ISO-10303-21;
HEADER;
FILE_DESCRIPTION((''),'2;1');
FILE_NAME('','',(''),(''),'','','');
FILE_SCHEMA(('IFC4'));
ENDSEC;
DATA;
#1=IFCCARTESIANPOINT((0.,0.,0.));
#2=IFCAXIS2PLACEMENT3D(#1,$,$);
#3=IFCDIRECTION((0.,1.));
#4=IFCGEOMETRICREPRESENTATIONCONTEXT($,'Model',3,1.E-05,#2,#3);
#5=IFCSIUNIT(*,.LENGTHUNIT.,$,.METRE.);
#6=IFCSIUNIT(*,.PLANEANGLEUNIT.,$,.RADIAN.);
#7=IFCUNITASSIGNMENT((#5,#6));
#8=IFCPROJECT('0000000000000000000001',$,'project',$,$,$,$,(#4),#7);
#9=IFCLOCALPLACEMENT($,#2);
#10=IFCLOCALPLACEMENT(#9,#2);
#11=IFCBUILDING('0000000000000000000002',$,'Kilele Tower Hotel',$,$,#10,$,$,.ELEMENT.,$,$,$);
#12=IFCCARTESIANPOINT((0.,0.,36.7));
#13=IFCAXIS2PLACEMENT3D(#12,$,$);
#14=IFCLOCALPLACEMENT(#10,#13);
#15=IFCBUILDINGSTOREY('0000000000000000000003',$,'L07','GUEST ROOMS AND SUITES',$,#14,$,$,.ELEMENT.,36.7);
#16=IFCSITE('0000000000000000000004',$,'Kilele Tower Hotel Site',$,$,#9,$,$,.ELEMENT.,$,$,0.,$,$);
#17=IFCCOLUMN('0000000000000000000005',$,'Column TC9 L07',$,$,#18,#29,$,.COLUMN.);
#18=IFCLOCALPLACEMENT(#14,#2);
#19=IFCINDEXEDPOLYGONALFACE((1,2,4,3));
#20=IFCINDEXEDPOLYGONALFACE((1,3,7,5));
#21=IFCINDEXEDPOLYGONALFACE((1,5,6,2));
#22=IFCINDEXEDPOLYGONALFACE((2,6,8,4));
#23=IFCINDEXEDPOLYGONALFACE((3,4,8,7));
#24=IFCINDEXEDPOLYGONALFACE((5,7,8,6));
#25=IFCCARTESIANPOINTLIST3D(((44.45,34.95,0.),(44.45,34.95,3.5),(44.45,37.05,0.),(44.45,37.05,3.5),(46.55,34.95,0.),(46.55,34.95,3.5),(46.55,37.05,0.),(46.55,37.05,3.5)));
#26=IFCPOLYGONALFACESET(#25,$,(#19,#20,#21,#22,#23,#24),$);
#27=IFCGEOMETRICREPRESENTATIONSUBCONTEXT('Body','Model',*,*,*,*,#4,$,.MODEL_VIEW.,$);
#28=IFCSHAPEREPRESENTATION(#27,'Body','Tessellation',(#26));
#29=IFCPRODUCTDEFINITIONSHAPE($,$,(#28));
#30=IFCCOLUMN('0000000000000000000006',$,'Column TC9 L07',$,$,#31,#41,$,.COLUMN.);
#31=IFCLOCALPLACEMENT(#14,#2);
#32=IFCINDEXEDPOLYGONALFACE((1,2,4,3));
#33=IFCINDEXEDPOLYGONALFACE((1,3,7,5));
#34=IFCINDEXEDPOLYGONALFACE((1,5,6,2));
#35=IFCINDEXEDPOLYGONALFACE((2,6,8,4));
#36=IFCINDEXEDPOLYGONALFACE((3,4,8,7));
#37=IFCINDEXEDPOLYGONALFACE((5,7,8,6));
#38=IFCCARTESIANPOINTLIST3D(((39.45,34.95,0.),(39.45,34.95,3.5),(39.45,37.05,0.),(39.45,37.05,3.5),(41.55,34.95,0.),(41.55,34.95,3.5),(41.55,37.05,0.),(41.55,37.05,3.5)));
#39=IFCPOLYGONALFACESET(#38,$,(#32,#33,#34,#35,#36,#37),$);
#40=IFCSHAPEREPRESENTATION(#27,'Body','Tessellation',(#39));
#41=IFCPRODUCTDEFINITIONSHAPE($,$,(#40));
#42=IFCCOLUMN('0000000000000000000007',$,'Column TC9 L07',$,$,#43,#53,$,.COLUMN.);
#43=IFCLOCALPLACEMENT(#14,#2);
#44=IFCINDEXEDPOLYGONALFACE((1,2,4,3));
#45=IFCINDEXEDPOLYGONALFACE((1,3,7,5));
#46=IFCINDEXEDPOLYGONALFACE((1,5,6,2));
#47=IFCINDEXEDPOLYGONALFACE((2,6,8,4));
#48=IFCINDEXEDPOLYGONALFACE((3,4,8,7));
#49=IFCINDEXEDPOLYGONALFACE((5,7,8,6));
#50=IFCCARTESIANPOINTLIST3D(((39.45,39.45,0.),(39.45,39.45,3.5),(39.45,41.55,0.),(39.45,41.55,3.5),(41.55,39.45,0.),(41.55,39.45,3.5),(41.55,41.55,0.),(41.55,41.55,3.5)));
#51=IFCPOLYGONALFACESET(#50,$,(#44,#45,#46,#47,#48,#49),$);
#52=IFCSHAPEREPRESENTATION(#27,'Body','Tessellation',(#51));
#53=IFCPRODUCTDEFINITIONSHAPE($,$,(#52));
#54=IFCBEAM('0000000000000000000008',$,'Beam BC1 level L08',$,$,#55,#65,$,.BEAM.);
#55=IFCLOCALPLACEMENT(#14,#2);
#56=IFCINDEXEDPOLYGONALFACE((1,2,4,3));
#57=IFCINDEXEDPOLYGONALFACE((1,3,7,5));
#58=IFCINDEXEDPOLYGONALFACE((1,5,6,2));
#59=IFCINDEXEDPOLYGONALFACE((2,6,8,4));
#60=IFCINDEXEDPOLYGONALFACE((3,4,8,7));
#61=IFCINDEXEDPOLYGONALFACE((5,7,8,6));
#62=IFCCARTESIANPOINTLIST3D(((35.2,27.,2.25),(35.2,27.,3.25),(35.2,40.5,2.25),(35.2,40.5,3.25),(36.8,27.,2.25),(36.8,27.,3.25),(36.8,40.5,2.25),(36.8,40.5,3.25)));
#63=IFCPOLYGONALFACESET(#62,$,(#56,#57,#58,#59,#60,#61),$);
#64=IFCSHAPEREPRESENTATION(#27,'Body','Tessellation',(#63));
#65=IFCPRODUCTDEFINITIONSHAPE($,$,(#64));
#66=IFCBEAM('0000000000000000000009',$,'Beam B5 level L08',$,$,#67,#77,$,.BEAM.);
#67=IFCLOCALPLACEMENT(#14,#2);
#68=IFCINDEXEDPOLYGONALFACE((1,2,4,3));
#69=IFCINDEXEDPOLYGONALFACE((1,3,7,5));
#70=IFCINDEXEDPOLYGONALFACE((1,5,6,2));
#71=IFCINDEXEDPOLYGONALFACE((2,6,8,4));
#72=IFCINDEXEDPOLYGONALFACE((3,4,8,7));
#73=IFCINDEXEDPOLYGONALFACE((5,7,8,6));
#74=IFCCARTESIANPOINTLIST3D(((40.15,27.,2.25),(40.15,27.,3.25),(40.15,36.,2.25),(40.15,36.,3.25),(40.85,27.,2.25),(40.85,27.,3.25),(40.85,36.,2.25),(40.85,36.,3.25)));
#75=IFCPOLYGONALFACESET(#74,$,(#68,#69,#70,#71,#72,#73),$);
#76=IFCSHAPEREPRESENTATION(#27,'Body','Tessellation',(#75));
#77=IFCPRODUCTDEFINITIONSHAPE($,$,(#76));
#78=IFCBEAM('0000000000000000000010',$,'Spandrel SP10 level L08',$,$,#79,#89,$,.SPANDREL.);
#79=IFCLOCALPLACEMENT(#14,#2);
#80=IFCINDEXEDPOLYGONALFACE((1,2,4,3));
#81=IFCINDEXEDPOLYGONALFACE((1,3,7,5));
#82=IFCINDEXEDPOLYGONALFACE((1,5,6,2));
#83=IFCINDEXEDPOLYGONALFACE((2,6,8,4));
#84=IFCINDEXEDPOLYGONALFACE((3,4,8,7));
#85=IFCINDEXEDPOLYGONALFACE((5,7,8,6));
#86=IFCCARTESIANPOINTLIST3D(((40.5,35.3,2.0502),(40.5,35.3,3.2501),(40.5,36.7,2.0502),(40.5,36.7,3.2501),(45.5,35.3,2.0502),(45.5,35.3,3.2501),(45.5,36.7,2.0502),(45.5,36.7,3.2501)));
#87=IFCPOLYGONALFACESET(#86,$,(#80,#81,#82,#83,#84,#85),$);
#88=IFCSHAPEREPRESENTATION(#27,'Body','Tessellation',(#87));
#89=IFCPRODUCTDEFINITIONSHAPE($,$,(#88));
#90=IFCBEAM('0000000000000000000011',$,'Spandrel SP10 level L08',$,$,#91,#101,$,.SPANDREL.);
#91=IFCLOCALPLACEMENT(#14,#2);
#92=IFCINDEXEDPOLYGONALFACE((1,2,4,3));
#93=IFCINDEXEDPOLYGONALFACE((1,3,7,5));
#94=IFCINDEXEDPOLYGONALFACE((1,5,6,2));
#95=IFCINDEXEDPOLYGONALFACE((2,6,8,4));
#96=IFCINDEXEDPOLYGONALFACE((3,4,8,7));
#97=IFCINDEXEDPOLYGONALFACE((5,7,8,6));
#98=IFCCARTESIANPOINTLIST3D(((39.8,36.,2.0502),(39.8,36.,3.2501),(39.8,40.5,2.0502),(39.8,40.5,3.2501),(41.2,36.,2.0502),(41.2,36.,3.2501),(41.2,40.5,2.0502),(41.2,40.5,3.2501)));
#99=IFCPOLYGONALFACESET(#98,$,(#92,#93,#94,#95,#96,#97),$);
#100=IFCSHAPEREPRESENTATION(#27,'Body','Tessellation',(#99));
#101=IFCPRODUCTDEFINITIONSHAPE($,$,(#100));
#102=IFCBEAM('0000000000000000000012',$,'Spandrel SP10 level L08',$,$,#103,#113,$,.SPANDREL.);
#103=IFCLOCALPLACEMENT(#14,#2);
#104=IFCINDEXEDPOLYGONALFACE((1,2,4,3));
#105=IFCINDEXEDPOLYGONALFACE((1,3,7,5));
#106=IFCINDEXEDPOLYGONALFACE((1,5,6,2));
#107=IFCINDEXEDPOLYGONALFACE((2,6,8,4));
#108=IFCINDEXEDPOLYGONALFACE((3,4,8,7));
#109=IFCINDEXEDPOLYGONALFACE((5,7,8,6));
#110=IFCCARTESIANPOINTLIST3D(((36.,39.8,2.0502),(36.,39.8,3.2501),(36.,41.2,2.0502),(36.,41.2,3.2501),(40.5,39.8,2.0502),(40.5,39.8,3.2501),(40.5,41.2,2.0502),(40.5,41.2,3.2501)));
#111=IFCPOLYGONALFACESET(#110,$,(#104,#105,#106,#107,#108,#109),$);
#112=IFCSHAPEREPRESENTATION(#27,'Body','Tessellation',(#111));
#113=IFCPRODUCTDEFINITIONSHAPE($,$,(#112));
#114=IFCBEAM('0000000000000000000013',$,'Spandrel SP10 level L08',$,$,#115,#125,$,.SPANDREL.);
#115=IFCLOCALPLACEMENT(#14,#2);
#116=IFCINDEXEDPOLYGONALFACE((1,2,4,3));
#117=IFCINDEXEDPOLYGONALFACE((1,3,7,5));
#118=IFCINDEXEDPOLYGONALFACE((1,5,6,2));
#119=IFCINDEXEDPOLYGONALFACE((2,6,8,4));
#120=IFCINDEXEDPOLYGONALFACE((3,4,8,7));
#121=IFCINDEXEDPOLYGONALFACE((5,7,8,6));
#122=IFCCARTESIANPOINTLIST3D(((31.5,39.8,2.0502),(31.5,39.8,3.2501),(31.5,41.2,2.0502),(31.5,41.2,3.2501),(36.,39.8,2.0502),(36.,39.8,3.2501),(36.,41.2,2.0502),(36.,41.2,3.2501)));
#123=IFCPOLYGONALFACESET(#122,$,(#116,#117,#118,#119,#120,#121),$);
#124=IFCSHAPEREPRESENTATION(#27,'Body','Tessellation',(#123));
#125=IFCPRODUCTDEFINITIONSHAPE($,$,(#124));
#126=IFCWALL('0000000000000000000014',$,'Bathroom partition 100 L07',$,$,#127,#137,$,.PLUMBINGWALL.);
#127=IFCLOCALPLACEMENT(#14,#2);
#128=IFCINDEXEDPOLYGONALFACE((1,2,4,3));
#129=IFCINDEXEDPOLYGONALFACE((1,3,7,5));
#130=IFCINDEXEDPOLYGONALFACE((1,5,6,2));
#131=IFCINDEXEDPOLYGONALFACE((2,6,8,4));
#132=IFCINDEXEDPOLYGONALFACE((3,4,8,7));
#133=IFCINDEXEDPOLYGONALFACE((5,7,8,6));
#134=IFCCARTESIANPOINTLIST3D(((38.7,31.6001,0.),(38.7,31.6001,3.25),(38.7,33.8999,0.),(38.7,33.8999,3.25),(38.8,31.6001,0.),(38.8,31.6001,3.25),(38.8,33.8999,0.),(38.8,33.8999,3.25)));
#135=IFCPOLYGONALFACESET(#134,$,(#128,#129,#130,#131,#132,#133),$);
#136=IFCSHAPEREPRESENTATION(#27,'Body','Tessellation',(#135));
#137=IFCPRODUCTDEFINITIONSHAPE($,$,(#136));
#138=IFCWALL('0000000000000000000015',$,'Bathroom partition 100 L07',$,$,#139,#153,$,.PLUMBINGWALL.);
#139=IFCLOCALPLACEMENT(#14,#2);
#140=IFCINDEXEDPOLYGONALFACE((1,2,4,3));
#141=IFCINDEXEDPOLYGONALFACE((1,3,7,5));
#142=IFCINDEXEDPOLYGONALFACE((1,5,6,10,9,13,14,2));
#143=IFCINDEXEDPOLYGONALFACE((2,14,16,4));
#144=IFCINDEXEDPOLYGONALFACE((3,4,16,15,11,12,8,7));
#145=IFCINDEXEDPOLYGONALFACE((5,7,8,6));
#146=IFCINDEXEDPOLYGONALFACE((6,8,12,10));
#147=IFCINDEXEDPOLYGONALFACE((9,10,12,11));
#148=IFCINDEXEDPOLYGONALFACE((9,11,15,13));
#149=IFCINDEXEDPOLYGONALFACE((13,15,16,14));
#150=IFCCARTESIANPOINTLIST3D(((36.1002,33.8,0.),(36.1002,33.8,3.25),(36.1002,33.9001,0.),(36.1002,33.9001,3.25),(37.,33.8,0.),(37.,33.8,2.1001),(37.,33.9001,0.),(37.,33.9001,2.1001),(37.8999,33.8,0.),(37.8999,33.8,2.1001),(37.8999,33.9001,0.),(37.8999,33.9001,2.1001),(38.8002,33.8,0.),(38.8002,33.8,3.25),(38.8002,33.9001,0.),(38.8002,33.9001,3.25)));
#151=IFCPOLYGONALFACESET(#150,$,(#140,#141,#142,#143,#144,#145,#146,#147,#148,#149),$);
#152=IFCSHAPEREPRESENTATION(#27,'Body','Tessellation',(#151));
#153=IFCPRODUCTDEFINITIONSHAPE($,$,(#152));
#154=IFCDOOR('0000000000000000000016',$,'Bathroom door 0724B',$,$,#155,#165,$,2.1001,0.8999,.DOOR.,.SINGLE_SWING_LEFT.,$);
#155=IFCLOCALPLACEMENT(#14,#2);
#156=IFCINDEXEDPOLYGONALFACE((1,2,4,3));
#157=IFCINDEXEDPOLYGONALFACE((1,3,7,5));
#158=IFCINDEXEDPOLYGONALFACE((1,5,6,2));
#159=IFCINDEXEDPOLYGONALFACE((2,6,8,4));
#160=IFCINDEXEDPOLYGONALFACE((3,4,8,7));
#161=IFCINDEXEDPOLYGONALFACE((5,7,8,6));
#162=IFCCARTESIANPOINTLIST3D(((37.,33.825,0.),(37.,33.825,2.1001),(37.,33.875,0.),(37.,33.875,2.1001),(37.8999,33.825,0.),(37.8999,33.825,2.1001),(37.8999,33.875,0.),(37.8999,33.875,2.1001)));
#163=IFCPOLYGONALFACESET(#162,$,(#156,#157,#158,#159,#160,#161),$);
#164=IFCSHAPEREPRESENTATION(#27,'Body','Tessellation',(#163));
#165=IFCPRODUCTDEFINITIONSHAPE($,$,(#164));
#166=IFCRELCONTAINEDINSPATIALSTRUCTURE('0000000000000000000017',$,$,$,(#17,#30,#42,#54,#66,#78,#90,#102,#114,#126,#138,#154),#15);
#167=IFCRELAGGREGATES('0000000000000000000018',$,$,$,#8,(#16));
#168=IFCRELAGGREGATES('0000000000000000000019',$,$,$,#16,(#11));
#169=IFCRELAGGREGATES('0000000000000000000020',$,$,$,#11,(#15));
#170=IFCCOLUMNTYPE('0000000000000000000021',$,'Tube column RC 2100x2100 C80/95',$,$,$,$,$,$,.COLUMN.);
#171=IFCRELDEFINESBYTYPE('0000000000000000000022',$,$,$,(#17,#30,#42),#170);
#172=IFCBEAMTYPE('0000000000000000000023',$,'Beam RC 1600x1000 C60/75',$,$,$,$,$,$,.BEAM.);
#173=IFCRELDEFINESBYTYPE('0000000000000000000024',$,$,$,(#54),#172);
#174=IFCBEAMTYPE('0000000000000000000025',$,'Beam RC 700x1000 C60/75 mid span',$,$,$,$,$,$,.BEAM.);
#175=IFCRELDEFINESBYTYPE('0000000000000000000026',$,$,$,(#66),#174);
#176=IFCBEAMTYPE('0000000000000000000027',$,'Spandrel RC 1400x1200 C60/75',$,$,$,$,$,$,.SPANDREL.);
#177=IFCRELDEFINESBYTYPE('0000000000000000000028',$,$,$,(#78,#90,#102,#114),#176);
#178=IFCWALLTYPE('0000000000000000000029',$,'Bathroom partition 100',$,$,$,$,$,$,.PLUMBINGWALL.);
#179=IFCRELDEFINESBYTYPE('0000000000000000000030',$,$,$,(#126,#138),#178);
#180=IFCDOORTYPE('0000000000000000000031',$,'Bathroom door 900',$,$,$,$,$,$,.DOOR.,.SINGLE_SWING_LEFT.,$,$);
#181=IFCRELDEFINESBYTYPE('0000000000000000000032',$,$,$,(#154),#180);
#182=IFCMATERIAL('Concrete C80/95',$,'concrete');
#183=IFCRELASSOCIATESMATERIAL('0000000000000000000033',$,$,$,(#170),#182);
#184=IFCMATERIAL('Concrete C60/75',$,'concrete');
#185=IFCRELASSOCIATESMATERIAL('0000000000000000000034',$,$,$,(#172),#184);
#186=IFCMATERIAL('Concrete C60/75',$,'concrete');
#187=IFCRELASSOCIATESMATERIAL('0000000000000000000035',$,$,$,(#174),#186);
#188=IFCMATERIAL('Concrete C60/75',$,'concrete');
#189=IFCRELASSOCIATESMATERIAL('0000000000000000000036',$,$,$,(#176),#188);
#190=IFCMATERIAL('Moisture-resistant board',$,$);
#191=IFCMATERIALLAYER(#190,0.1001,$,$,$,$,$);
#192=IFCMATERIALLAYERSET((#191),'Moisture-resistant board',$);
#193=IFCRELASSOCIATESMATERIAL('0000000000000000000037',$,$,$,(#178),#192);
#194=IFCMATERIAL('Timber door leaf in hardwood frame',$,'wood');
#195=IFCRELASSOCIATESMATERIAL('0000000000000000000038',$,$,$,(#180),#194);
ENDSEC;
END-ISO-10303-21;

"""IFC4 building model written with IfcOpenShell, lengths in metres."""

from ifc_helpers import new_model, si_unit, direction, frame, frame_2d, origin, origin_2d, place, context, subcontext, project, spatial, rectangle, extrude, material, layer, layer_set, material_profile, profile_set, type_object, element, fill, save


model = new_model("IFC4")

# Units and contexts
model_context = context("Model", 3, precision=1e-05, world=origin(), true_north=direction((0.0, 1.0)))
body_context = subcontext(model_context, "Body", "Model", "MODEL_VIEW")
ifc_project = project(units=[si_unit("LENGTHUNIT", "METRE"), si_unit("PLANEANGLEUNIT", "RADIAN")], contexts=[model_context])

# Site, building, storey
site_placement = place(None, origin())
site = spatial("IfcSite", under=ifc_project, at=site_placement, Name="Kilele Tower Hotel Site", CompositionType="ELEMENT", RefElevation=0.0)
building_placement = place(site_placement, origin())
building = spatial("IfcBuilding", under=site, at=building_placement, Name="Kilele Tower Hotel", CompositionType="ELEMENT")
storey_placement = place(building_placement, frame((0.0, 0.0, 36.7)))
storey = spatial("IfcBuildingStorey", under=building, at=storey_placement, Name="L07", Description="GUEST ROOMS AND SUITES", CompositionType="ELEMENT", Elevation=36.7)

# Columns
ifc_material_1 = material(Name="Concrete C80/95", Category="concrete")
ifc_material_profile_1 = material_profile(ifc_material_1, rectangle(XDim=2.1001, YDim=2.1001, at=origin_2d()))
ifc_profile_set_1 = profile_set([ifc_material_profile_1], Name="Concrete C80/95")
column_type = type_object("IfcColumnType", Name="Tube column RC 2100x2100 C80/95", PredefinedType="COLUMN", material=ifc_profile_set_1)
for number, where, z_axis, x_axis, name in (
    (1, (45.5, 36.0, 0.0), (0.0, 0.0, 1.0), (1.0, 0.0, 0.0), "Column TC9 L07"),
    (2, (40.5, 36.0, 0.0), (0.0, 0.0, 1.0), (1.0, 0.0, 0.0), "Column TC9 L07"),
    (3, (40.5, 40.5, 0.0), (0.0, 0.0, 1.0), (1.0, 0.0, 0.0), "Column TC9 L07"),
):
    element("IfcColumn", number, at=place(storey_placement, frame(where, z_axis=z_axis, x_axis=x_axis)), inside=storey, type_object=column_type, Name=name, PredefinedType="COLUMN", context=body_context, shape_type="SweptSolid", body=[
        extrude(rectangle(XDim=2.1001, YDim=2.1001, at=origin_2d()), origin(), (0.0, 0.0, 1.0), 3.5),
    ])

# Beams
ifc_material_2 = material(Name="Concrete C60/75", Category="concrete")
ifc_material_profile_2 = material_profile(ifc_material_2, rectangle(XDim=1.6001, YDim=1.0, at=origin_2d()))
ifc_profile_set_2 = profile_set([ifc_material_profile_2], Name="Concrete C60/75")
beam_type_1 = type_object("IfcBeamType", Name="Beam RC 1600x1000 C60/75", PredefinedType="BEAM", material=ifc_profile_set_2)
beam_1_placement = place(storey_placement, frame((36.0, 40.5, 2.75), z_axis=(0.0, -1.0, 0.0), x_axis=(1.0, 0.0, 0.0)))
element("IfcBeam", 4, at=beam_1_placement, inside=storey, type_object=beam_type_1, Name="Beam BC1 level L08", PredefinedType="BEAM", context=body_context, shape_type="SweptSolid", body=[
    extrude(rectangle(XDim=1.6001, YDim=1.0, at=origin_2d()), origin(), (0.0, 0.0, 1.0), 13.5),
])
ifc_material_3 = material(Name="Concrete C60/75", Category="concrete")
ifc_material_profile_3 = material_profile(ifc_material_3, rectangle(XDim=0.7, YDim=1.0, at=origin_2d()))
ifc_profile_set_3 = profile_set([ifc_material_profile_3], Name="Concrete C60/75")
beam_type_2 = type_object("IfcBeamType", Name="Beam RC 700x1000 C60/75 mid span", PredefinedType="BEAM", material=ifc_profile_set_3)
beam_2_placement = place(storey_placement, frame((40.5, 36.0, 2.75), z_axis=(0.0, -1.0, 0.0), x_axis=(1.0, 0.0, 0.0)))
element("IfcBeam", 5, at=beam_2_placement, inside=storey, type_object=beam_type_2, Name="Beam B5 level L08", PredefinedType="BEAM", context=body_context, shape_type="SweptSolid", body=[
    extrude(rectangle(XDim=0.7, YDim=1.0, at=origin_2d()), origin(), (0.0, 0.0, 1.0), 9.0),
])
ifc_material_4 = material(Name="Concrete C60/75", Category="concrete")
ifc_material_profile_4 = material_profile(ifc_material_4, rectangle(XDim=1.3999, YDim=1.2, at=origin_2d()))
ifc_profile_set_4 = profile_set([ifc_material_profile_4], Name="Concrete C60/75")
beam_type_3 = type_object("IfcBeamType", Name="Spandrel RC 1400x1200 C60/75", PredefinedType="SPANDREL", material=ifc_profile_set_4)
beam_3_placement = place(storey_placement, frame((45.5, 36.0, 2.6501), z_axis=(-1.0, 0.0, 0.0), x_axis=(0.0, -1.0, 0.0)))
element("IfcBeam", 6, at=beam_3_placement, inside=storey, type_object=beam_type_3, Name="Spandrel SP10 level L08", PredefinedType="SPANDREL", context=body_context, shape_type="SweptSolid", body=[
    extrude(rectangle(XDim=1.3999, YDim=1.2, at=origin_2d()), origin(), (0.0, 0.0, 1.0), 5.0),
])
for number, where, z_axis, x_axis, name in (
    (7, (40.5, 36.0, 2.6501), (0.0, 1.0, 0.0), (-1.0, 0.0, 0.0), "Spandrel SP10 level L08"),
    (8, (40.5, 40.5, 2.6501), (-1.0, 0.0, 0.0), (0.0, -1.0, 0.0), "Spandrel SP10 level L08"),
    (9, (36.0, 40.5, 2.6501), (-1.0, 0.0, 0.0), (0.0, -1.0, 0.0), "Spandrel SP10 level L08"),
):
    element("IfcBeam", number, at=place(storey_placement, frame(where, z_axis=z_axis, x_axis=x_axis)), inside=storey, type_object=beam_type_3, Name=name, PredefinedType="SPANDREL", context=body_context, shape_type="SweptSolid", body=[
        extrude(rectangle(XDim=1.3999, YDim=1.2, at=origin_2d()), origin(), (0.0, 0.0, 1.0), 4.5),
    ])

# Wall
ifc_material_5 = material(Name="Moisture-resistant board")
ifc_layer_1 = layer(ifc_material_5, 0.1001)
ifc_layer_set_1 = layer_set([ifc_layer_1], Name="Moisture-resistant board")
wall_type_1 = type_object("IfcWallType", Name="Bathroom partition 100", PredefinedType="PLUMBINGWALL", material=ifc_layer_set_1)
wall_1_placement = place(storey_placement, frame((38.75, 31.6001, 0.0), z_axis=(0.0, 0.0, 1.0), x_axis=(0.0, 1.0, 0.0)))
element("IfcWall", 10, at=wall_1_placement, inside=storey, type_object=wall_type_1, Name="Bathroom partition 100 L07", PredefinedType="PLUMBINGWALL", context=body_context, shape_type="SweptSolid", body=[
    extrude(rectangle(XDim=2.2998, YDim=0.1001, at=frame_2d((1.1499, 0.0))), origin(), (0.0, 0.0, 1.0), 3.25),
])

# Wall, opening, door
wall_2_placement = place(storey_placement, frame((36.1001, 33.8501, 0.0), z_axis=(0.0, 0.0, 1.0), x_axis=(1.0, 0.0, 0.0)))
wall_2 = element("IfcWall", 11, at=wall_2_placement, inside=storey, type_object=wall_type_1, Name="Bathroom partition 100 L07", PredefinedType="PLUMBINGWALL", context=body_context, shape_type="SweptSolid", body=[
    extrude(rectangle(XDim=2.7, YDim=0.1001, at=frame_2d((1.3501, 0.0))), origin(), (0.0, 0.0, 1.0), 3.25),
])
opening_1_placement = place(wall_2_placement, frame((0.8999, 0.0, 0.0)))
opening_1 = element("IfcOpeningElement", 12, at=opening_1_placement, cuts=wall_2, PredefinedType="OPENING", context=body_context, shape_type="SweptSolid", body=[
    extrude(rectangle(XDim=0.8999, YDim=2.1001, at=frame_2d((0.45, 1.05))), frame((0.0, 0.0601, 0.0), z_axis=(0.0, -1.0, 0.0), x_axis=(1.0, 0.0, 0.0)), (0.0, 0.0, 1.0), 0.1201),
])
ifc_material_6 = material(Name="Timber door leaf in hardwood frame", Category="wood")
door_type_1 = type_object("IfcDoorType", Name="Bathroom door 900", OperationType="SINGLE_SWING_LEFT", PredefinedType="DOOR", material=ifc_material_6)
door_1_placement = place(opening_1_placement, origin())
door_1 = element("IfcDoor", 13, at=door_1_placement, inside=storey, type_object=door_type_1, Name="Bathroom door 0724B", OperationType="SINGLE_SWING_LEFT", OverallHeight=2.1001, OverallWidth=0.8999, PredefinedType="DOOR", context=body_context, shape_type="SweptSolid", body=[
    extrude(rectangle(XDim=0.8999, YDim=2.1001, at=frame_2d((0.45, 1.05))), frame((0.0, 0.0249, 0.0), z_axis=(0.0, -1.0, 0.0), x_axis=(1.0, 0.0, 0.0)), (0.0, 0.0, 1.0), 0.05),
])
fill(opening_1, door_1)

save(model, "model.ifc")
